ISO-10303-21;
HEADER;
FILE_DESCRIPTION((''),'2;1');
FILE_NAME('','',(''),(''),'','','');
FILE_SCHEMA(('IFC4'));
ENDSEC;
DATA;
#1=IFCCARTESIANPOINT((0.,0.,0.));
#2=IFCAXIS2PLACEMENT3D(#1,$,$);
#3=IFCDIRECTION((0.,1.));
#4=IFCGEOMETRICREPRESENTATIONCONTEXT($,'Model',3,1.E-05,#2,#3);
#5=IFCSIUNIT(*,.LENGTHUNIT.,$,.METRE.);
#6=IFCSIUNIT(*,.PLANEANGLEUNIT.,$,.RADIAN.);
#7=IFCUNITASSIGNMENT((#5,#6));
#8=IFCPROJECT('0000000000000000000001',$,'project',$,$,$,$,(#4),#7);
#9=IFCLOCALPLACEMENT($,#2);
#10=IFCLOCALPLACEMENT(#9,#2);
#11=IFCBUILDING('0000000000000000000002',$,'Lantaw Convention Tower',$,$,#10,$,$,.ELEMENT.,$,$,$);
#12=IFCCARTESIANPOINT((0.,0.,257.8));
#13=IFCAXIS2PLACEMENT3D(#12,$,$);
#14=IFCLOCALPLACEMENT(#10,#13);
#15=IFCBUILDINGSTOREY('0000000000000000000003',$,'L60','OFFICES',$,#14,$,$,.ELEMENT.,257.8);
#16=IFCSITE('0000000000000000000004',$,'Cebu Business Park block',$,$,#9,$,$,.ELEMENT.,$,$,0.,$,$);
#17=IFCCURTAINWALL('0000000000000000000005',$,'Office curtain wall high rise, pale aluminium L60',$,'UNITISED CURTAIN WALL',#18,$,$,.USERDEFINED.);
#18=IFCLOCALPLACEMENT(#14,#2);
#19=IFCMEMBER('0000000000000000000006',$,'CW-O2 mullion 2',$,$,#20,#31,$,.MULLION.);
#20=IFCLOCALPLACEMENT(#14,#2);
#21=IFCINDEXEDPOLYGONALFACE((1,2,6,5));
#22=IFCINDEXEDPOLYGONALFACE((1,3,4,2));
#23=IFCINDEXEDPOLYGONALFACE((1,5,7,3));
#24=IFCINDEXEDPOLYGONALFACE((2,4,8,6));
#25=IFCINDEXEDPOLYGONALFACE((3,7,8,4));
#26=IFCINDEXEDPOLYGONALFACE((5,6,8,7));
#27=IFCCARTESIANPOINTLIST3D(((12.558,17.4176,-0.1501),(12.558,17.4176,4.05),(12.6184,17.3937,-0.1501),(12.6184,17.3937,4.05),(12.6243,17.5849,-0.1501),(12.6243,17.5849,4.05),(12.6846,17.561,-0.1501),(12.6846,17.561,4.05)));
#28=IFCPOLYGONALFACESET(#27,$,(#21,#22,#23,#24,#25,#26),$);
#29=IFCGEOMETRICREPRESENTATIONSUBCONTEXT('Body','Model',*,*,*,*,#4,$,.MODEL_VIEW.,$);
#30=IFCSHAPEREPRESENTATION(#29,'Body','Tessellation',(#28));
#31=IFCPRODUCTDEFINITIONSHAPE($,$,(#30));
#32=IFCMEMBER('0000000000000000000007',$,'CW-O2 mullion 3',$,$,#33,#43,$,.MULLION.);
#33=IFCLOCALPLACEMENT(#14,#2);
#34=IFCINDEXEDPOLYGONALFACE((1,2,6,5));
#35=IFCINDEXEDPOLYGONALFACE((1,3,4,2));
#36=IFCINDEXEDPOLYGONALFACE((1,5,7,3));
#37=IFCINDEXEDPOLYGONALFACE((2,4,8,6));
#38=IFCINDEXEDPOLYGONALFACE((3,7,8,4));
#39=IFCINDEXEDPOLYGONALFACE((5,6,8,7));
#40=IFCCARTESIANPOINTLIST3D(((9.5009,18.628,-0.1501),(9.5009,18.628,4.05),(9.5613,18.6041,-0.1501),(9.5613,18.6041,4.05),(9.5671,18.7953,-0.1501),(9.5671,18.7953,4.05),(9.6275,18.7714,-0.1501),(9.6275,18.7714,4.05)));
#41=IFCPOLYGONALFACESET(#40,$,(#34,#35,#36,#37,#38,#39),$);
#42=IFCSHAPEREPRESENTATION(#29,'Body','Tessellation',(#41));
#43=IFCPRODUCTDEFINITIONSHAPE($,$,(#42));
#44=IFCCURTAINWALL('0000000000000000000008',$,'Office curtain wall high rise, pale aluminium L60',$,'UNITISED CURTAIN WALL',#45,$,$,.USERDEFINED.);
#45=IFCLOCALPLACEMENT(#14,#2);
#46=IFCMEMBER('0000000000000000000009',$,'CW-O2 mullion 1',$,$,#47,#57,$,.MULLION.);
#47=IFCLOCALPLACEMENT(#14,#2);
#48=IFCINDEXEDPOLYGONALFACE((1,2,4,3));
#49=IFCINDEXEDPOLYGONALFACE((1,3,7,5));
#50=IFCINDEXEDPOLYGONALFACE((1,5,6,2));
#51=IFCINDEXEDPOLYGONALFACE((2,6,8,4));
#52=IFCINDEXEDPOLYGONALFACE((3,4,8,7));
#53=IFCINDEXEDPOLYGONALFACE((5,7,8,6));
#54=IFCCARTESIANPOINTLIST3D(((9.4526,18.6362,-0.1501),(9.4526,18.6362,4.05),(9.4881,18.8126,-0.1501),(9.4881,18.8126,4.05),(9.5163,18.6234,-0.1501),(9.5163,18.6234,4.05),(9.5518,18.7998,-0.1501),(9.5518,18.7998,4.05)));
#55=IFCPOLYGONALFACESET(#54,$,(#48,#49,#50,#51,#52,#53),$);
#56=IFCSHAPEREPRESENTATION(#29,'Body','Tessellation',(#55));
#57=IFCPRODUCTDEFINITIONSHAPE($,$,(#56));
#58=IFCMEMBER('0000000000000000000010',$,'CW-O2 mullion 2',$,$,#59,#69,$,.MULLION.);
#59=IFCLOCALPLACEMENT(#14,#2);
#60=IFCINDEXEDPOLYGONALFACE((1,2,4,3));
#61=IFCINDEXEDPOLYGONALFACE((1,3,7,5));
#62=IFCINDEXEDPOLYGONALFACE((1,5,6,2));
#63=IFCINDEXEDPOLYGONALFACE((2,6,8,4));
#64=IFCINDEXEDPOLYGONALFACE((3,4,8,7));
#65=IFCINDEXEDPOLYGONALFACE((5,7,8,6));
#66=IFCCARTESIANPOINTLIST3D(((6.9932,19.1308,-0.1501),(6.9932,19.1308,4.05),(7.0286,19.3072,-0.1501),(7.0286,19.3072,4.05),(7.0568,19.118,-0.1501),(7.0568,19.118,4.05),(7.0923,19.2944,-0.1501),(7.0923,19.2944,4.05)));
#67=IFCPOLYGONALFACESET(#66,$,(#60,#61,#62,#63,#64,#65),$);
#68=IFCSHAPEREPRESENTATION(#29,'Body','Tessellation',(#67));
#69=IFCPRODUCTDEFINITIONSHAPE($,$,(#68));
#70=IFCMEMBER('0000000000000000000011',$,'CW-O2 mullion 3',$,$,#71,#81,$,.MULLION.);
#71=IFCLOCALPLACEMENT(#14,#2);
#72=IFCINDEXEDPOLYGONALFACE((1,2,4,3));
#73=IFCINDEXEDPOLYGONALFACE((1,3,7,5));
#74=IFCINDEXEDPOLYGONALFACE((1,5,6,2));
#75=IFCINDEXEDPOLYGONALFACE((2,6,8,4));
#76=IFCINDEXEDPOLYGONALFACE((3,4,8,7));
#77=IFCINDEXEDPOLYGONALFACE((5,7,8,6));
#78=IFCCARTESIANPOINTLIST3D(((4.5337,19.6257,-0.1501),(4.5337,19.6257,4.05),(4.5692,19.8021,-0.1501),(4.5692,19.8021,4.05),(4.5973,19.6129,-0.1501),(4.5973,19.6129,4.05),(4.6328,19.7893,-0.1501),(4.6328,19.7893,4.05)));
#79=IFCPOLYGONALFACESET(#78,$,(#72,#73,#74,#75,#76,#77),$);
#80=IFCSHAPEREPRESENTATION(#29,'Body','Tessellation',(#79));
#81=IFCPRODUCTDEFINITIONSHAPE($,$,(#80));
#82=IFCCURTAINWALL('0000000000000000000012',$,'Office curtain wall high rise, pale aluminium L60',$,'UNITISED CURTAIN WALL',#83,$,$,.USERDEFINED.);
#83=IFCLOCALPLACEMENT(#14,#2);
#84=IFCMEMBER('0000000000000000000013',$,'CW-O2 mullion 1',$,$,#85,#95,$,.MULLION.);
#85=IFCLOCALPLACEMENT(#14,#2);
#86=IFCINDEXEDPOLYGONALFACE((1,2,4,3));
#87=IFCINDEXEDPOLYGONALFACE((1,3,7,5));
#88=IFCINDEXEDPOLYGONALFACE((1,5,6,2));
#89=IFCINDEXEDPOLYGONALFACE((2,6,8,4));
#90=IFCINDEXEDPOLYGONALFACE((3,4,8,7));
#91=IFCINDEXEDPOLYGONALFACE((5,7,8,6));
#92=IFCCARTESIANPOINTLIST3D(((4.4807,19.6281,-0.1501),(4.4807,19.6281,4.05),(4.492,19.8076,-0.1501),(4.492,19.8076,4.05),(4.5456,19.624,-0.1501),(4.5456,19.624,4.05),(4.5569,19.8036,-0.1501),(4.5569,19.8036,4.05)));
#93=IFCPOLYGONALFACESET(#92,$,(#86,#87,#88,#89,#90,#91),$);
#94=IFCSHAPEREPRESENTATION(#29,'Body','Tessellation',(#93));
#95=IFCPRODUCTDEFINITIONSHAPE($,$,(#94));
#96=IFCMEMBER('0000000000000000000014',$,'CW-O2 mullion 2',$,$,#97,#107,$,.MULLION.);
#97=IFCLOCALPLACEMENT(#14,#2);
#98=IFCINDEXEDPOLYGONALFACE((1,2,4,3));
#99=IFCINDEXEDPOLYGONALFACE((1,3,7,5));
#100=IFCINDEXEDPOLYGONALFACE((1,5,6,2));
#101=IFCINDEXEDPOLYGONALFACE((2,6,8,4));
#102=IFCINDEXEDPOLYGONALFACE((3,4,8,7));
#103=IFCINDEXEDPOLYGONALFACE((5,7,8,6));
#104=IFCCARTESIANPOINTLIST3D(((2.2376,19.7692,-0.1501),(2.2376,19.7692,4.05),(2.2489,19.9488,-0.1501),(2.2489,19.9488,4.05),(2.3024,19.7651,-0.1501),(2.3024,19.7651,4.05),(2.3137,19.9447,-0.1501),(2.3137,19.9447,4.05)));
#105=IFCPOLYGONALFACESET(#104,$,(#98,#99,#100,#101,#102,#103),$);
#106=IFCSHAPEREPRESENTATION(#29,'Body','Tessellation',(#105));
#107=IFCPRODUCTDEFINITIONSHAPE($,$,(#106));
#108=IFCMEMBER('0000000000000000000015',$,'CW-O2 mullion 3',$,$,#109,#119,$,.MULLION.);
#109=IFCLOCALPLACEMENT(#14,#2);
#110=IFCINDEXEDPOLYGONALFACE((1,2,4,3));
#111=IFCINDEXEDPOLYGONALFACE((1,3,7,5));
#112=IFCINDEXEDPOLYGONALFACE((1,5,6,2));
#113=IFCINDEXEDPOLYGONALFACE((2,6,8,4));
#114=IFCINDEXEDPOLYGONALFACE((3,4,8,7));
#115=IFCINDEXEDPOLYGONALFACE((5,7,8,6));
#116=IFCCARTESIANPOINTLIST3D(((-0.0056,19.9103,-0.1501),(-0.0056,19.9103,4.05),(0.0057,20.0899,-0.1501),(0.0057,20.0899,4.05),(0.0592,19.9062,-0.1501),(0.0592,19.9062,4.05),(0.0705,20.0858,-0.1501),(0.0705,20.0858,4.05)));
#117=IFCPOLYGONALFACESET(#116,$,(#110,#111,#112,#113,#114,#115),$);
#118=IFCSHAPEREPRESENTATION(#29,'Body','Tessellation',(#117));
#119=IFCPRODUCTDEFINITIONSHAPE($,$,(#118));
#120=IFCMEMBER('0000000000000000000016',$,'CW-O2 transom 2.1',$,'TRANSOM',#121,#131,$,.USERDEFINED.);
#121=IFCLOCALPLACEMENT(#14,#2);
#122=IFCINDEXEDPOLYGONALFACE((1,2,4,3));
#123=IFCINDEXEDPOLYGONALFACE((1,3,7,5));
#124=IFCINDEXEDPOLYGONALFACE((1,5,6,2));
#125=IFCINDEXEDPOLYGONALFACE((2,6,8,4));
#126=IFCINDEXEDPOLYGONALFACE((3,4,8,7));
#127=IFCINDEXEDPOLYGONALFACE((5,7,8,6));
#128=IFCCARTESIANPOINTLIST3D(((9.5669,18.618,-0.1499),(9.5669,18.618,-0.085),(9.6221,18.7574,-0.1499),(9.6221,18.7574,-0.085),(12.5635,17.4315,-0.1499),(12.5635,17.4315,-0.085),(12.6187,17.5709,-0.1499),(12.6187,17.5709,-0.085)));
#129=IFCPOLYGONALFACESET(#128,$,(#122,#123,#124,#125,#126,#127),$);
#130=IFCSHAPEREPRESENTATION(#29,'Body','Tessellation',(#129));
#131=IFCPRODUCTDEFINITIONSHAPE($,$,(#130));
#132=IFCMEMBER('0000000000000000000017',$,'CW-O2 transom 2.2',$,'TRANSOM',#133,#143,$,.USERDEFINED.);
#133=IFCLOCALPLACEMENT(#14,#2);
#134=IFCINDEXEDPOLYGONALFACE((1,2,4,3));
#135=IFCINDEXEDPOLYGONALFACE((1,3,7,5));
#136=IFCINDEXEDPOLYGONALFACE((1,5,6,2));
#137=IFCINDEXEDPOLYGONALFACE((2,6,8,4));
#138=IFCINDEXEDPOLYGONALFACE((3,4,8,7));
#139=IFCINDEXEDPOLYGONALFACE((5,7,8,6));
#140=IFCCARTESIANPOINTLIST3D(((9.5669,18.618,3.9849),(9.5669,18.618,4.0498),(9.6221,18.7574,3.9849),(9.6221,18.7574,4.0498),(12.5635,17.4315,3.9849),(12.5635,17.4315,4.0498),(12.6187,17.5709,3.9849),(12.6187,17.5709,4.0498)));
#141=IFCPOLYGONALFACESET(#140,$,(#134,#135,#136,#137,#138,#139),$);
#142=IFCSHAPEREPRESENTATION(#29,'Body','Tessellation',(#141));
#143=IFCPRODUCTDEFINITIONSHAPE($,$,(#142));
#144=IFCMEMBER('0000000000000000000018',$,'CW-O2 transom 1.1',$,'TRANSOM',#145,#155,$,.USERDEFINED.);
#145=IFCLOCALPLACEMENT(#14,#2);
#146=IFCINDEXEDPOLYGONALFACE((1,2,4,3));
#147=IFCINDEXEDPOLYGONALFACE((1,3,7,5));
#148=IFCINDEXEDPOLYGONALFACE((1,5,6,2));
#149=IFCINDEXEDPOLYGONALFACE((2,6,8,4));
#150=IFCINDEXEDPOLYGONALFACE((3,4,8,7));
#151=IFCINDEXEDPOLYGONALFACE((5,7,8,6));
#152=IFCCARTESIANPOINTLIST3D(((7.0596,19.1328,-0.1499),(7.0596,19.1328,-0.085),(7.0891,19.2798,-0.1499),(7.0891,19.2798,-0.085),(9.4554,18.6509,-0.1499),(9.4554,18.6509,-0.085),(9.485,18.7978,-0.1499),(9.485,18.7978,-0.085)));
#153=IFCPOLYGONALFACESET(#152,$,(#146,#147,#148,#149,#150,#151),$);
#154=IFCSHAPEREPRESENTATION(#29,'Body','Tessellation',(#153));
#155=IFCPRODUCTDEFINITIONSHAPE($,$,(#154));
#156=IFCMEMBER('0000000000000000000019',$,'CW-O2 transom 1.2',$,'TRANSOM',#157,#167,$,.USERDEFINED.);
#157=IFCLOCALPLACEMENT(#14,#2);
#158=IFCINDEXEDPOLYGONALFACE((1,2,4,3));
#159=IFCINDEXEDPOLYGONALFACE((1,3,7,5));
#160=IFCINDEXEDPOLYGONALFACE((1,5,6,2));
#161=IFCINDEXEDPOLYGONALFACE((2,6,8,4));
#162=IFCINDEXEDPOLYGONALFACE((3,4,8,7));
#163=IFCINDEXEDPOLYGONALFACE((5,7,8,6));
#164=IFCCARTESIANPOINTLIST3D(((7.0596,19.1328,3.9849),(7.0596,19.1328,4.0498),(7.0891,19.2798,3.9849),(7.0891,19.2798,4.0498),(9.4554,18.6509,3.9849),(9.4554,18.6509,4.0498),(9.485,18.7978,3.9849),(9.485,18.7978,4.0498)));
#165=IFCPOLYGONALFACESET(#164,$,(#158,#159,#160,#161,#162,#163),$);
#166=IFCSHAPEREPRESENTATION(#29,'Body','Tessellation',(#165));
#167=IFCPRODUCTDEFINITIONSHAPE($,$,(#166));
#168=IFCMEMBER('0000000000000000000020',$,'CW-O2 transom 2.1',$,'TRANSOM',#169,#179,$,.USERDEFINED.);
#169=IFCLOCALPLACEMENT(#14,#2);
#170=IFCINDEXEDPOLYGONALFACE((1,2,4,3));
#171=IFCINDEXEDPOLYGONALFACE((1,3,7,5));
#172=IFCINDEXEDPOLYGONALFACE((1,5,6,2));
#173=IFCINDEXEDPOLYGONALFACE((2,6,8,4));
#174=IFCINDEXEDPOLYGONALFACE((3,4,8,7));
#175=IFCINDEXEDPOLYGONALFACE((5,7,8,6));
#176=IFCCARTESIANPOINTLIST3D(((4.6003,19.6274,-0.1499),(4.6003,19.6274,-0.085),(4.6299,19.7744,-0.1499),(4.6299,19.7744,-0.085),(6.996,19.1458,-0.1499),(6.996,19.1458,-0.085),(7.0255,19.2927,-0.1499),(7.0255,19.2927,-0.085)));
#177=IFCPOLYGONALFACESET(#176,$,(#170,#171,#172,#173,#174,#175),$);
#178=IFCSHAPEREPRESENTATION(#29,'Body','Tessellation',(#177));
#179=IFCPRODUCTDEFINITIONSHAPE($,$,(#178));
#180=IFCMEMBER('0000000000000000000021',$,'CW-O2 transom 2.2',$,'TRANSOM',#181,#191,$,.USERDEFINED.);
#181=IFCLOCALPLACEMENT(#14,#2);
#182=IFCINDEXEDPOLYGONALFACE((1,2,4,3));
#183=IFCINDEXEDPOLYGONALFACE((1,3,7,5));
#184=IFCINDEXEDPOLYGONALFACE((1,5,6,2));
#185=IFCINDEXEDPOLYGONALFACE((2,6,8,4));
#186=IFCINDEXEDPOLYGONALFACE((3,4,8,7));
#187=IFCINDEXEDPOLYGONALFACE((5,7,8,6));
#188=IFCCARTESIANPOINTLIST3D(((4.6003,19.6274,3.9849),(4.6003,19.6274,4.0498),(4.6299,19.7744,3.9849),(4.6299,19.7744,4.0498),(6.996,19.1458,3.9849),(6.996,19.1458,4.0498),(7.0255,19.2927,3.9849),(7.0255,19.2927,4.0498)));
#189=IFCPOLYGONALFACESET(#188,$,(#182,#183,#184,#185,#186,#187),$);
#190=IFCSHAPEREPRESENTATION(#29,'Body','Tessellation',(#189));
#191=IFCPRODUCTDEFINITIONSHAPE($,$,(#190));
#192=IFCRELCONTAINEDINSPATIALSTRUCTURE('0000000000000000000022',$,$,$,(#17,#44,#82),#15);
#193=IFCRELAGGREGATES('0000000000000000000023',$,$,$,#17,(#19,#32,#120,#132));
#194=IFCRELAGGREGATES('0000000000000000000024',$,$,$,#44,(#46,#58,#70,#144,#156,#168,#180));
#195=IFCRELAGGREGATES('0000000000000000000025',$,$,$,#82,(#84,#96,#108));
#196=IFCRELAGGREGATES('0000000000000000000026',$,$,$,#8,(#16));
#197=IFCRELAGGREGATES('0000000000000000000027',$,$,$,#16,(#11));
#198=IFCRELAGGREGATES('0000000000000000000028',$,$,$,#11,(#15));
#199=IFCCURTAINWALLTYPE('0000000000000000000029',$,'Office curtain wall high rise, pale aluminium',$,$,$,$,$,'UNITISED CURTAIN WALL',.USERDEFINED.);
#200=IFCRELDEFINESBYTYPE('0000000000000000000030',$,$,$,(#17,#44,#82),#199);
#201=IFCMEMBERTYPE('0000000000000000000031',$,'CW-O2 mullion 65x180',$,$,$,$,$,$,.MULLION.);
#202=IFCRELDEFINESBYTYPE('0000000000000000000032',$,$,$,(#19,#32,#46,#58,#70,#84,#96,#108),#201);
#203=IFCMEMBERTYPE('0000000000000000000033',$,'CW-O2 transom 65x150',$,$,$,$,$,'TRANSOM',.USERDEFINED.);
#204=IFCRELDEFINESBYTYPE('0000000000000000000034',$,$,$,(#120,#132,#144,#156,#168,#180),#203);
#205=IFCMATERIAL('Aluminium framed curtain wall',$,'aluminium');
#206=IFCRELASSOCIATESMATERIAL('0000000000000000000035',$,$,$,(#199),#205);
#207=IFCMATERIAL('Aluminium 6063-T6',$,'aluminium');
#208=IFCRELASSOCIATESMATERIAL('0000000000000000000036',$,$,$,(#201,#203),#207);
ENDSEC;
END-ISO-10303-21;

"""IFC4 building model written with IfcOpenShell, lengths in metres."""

from ifc_helpers import new_model, si_unit, direction, frame, origin, origin_2d, place, context, subcontext, project, spatial, rectangle, extrude, material, material_profile, profile_set, type_object, element, aggregate, save


model = new_model("IFC4")

# Units and contexts
model_context = context("Model", 3, precision=1e-05, world=origin(), true_north=direction((0.0, 1.0)))
body_context = subcontext(model_context, "Body", "Model", "MODEL_VIEW")
ifc_project = project(units=[si_unit("LENGTHUNIT", "METRE"), si_unit("PLANEANGLEUNIT", "RADIAN")], contexts=[model_context])

# Site, building, storey
site_placement = place(None, origin())
site = spatial("IfcSite", under=ifc_project, at=site_placement, Name="Cebu Business Park block", CompositionType="ELEMENT", RefElevation=0.0)
building_placement = place(site_placement, origin())
building = spatial("IfcBuilding", under=site, at=building_placement, Name="Lantaw Convention Tower", CompositionType="ELEMENT")
storey_placement = place(building_placement, frame((0.0, 0.0, 257.8)))
storey = spatial("IfcBuildingStorey", under=building, at=storey_placement, Name="L60", Description="OFFICES", CompositionType="ELEMENT", Elevation=257.8)

# Curtain walls, members
ifc_material_1 = material(Name="Aluminium framed curtain wall", Category="aluminium")
curtain_wall_type = type_object("IfcCurtainWallType", Name="Office curtain wall high rise, pale aluminium", ElementType="UNITISED CURTAIN WALL", PredefinedType="USERDEFINED", material=ifc_material_1)
curtain_wall_1_placement = place(storey_placement, origin())
curtain_wall_1 = element("IfcCurtainWall", 1, at=curtain_wall_1_placement, inside=storey, type_object=curtain_wall_type, Name="Office curtain wall high rise, pale aluminium L60", ObjectType="UNITISED CURTAIN WALL", PredefinedType="USERDEFINED")
ifc_material_2 = material(Name="Aluminium 6063-T6", Category="aluminium")
ifc_material_profile_1 = material_profile(ifc_material_2, rectangle(XDim=0.1799, YDim=0.0649, at=origin_2d()), Name="CW-O2 mullion 65x180")
ifc_profile_set_1 = profile_set([ifc_material_profile_1], Name="Aluminium 6063-T6")
member_type_1 = type_object("IfcMemberType", Name="CW-O2 mullion 65x180", PredefinedType="MULLION", material=ifc_profile_set_1)
member_1_placement = place(storey_placement, frame((12.6213, 17.4893, -0.1501), z_axis=(0.0, 0.0, 1.0), x_axis=(-0.368162, -0.929762, 0.0)))
member_1 = element("IfcMember", 2, at=member_1_placement, type_object=member_type_1, Name="CW-O2 mullion 2", PredefinedType="MULLION", context=body_context, shape_type="SweptSolid", body=[
    extrude(rectangle(XDim=0.1799, YDim=0.0649, at=origin_2d()), origin(), (0.0, 0.0, 1.0), 4.2002),
])
member_2_placement = place(storey_placement, frame((9.5642, 18.6997, -0.1501), z_axis=(0.0, 0.0, 1.0), x_axis=(-0.368162, -0.929762, 0.0)))
member_2 = element("IfcMember", 3, at=member_2_placement, type_object=member_type_1, Name="CW-O2 mullion 3", PredefinedType="MULLION", context=body_context, shape_type="SweptSolid", body=[
    extrude(rectangle(XDim=0.1799, YDim=0.0649, at=origin_2d()), origin(), (0.0, 0.0, 1.0), 4.2002),
])
curtain_wall_2_placement = place(storey_placement, origin())
curtain_wall_2 = element("IfcCurtainWall", 4, at=curtain_wall_2_placement, inside=storey, type_object=curtain_wall_type, Name="Office curtain wall high rise, pale aluminium L60", ObjectType="UNITISED CURTAIN WALL", PredefinedType="USERDEFINED")
member_3_placement = place(storey_placement, frame((9.5022, 18.718, -0.1501), z_axis=(0.0, 0.0, 1.0), x_axis=(-0.197183, -0.980367, 0.0)))
member_3 = element("IfcMember", 5, at=member_3_placement, type_object=member_type_1, Name="CW-O2 mullion 1", PredefinedType="MULLION", context=body_context, shape_type="SweptSolid", body=[
    extrude(rectangle(XDim=0.1799, YDim=0.0649, at=origin_2d()), origin(), (0.0, 0.0, 1.0), 4.2002),
])
member_4_placement = place(storey_placement, frame((7.0427, 19.2126, -0.1501), z_axis=(0.0, 0.0, 1.0), x_axis=(-0.197183, -0.980367, 0.0)))
member_4 = element("IfcMember", 6, at=member_4_placement, type_object=member_type_1, Name="CW-O2 mullion 2", PredefinedType="MULLION", context=body_context, shape_type="SweptSolid", body=[
    extrude(rectangle(XDim=0.1799, YDim=0.0649, at=origin_2d()), origin(), (0.0, 0.0, 1.0), 4.2002),
])
member_5_placement = place(storey_placement, frame((4.5833, 19.7075, -0.1501), z_axis=(0.0, 0.0, 1.0), x_axis=(-0.197183, -0.980367, 0.0)))
member_5 = element("IfcMember", 7, at=member_5_placement, type_object=member_type_1, Name="CW-O2 mullion 3", PredefinedType="MULLION", context=body_context, shape_type="SweptSolid", body=[
    extrude(rectangle(XDim=0.1799, YDim=0.0649, at=origin_2d()), origin(), (0.0, 0.0, 1.0), 4.2002),
])
curtain_wall_3_placement = place(storey_placement, origin())
curtain_wall_3 = element("IfcCurtainWall", 8, at=curtain_wall_3_placement, inside=storey, type_object=curtain_wall_type, Name="Office curtain wall high rise, pale aluminium L60", ObjectType="UNITISED CURTAIN WALL", PredefinedType="USERDEFINED")
member_6_placement = place(storey_placement, frame((4.5188, 19.7158, -0.1501), z_axis=(0.0, 0.0, 1.0), x_axis=(-0.062758, -0.998029, 0.0)))
member_6 = element("IfcMember", 9, at=member_6_placement, type_object=member_type_1, Name="CW-O2 mullion 1", PredefinedType="MULLION", context=body_context, shape_type="SweptSolid", body=[
    extrude(rectangle(XDim=0.1799, YDim=0.0649, at=origin_2d()), origin(), (0.0, 0.0, 1.0), 4.2002),
])
member_7_placement = place(storey_placement, frame((2.2756, 19.8569, -0.1501), z_axis=(0.0, 0.0, 1.0), x_axis=(-0.062758, -0.998029, 0.0)))
member_7 = element("IfcMember", 10, at=member_7_placement, type_object=member_type_1, Name="CW-O2 mullion 2", PredefinedType="MULLION", context=body_context, shape_type="SweptSolid", body=[
    extrude(rectangle(XDim=0.1799, YDim=0.0649, at=origin_2d()), origin(), (0.0, 0.0, 1.0), 4.2002),
])
member_8_placement = place(storey_placement, frame((0.0325, 19.998, -0.1501), z_axis=(0.0, 0.0, 1.0), x_axis=(-0.062758, -0.998029, 0.0)))
member_8 = element("IfcMember", 11, at=member_8_placement, type_object=member_type_1, Name="CW-O2 mullion 3", PredefinedType="MULLION", context=body_context, shape_type="SweptSolid", body=[
    extrude(rectangle(XDim=0.1799, YDim=0.0649, at=origin_2d()), origin(), (0.0, 0.0, 1.0), 4.2002),
])

# Members
ifc_material_profile_2 = material_profile(ifc_material_2, rectangle(XDim=0.1499, YDim=0.0649, at=origin_2d()), Name="CW-O2 transom 65x150")
ifc_profile_set_2 = profile_set([ifc_material_profile_2], Name="Aluminium 6063-T6")
member_type_2 = type_object("IfcMemberType", Name="CW-O2 transom 65x150", ElementType="TRANSOM", PredefinedType="USERDEFINED", material=ifc_profile_set_2)
member_9_placement = place(storey_placement, frame((12.5911, 17.5012, -0.1174), z_axis=(-0.929767, 0.368149, 0.0), x_axis=(-0.368149, -0.929767, 0.0)))
member_9 = element("IfcMember", 12, at=member_9_placement, type_object=member_type_2, Name="CW-O2 transom 2.1", ObjectType="TRANSOM", PredefinedType="USERDEFINED", context=body_context, shape_type="SweptSolid", body=[
    extrude(rectangle(XDim=0.1499, YDim=0.0649, at=origin_2d()), origin(), (0.0, 0.0, 1.0), 3.2229),
])
member_10_placement = place(storey_placement, frame((12.5911, 17.5012, 4.0173), z_axis=(-0.929767, 0.368149, 0.0), x_axis=(-0.368149, -0.929767, 0.0)))
member_10 = element("IfcMember", 13, at=member_10_placement, type_object=member_type_2, Name="CW-O2 transom 2.2", ObjectType="TRANSOM", PredefinedType="USERDEFINED", context=body_context, shape_type="SweptSolid", body=[
    extrude(rectangle(XDim=0.1499, YDim=0.0649, at=origin_2d()), origin(), (0.0, 0.0, 1.0), 3.2229),
])
member_11_placement = place(storey_placement, frame((9.4702, 18.7244, -0.1174), z_axis=(-0.980361, 0.197211, 0.0), x_axis=(-0.197211, -0.980361, 0.0)))
member_11 = element("IfcMember", 14, at=member_11_placement, type_object=member_type_2, Name="CW-O2 transom 1.1", ObjectType="TRANSOM", PredefinedType="USERDEFINED", context=body_context, shape_type="SweptSolid", body=[
    extrude(rectangle(XDim=0.1499, YDim=0.0649, at=origin_2d()), origin(), (0.0, 0.0, 1.0), 2.4438),
])
member_12_placement = place(storey_placement, frame((9.4702, 18.7244, 4.0173), z_axis=(-0.980361, 0.197211, 0.0), x_axis=(-0.197211, -0.980361, 0.0)))
member_12 = element("IfcMember", 15, at=member_12_placement, type_object=member_type_2, Name="CW-O2 transom 1.2", ObjectType="TRANSOM", PredefinedType="USERDEFINED", context=body_context, shape_type="SweptSolid", body=[
    extrude(rectangle(XDim=0.1499, YDim=0.0649, at=origin_2d()), origin(), (0.0, 0.0, 1.0), 2.4438),
])
member_13_placement = place(storey_placement, frame((7.0107, 19.2192, -0.1174), z_axis=(-0.98038, 0.197115, 0.0), x_axis=(-0.197115, -0.98038, 0.0)))
member_13 = element("IfcMember", 16, at=member_13_placement, type_object=member_type_2, Name="CW-O2 transom 2.1", ObjectType="TRANSOM", PredefinedType="USERDEFINED", context=body_context, shape_type="SweptSolid", body=[
    extrude(rectangle(XDim=0.1499, YDim=0.0649, at=origin_2d()), origin(), (0.0, 0.0, 1.0), 2.4436),
])
member_14_placement = place(storey_placement, frame((7.0107, 19.2192, 4.0173), z_axis=(-0.98038, 0.197115, 0.0), x_axis=(-0.197115, -0.98038, 0.0)))
member_14 = element("IfcMember", 17, at=member_14_placement, type_object=member_type_2, Name="CW-O2 transom 2.2", ObjectType="TRANSOM", PredefinedType="USERDEFINED", context=body_context, shape_type="SweptSolid", body=[
    extrude(rectangle(XDim=0.1499, YDim=0.0649, at=origin_2d()), origin(), (0.0, 0.0, 1.0), 2.4436),
])

aggregate(curtain_wall_1, [member_1, member_2, member_9, member_10])
aggregate(curtain_wall_2, [member_3, member_4, member_5, member_11, member_12, member_13, member_14])
aggregate(curtain_wall_3, [member_6, member_7, member_8])

save(model, "model.ifc")
